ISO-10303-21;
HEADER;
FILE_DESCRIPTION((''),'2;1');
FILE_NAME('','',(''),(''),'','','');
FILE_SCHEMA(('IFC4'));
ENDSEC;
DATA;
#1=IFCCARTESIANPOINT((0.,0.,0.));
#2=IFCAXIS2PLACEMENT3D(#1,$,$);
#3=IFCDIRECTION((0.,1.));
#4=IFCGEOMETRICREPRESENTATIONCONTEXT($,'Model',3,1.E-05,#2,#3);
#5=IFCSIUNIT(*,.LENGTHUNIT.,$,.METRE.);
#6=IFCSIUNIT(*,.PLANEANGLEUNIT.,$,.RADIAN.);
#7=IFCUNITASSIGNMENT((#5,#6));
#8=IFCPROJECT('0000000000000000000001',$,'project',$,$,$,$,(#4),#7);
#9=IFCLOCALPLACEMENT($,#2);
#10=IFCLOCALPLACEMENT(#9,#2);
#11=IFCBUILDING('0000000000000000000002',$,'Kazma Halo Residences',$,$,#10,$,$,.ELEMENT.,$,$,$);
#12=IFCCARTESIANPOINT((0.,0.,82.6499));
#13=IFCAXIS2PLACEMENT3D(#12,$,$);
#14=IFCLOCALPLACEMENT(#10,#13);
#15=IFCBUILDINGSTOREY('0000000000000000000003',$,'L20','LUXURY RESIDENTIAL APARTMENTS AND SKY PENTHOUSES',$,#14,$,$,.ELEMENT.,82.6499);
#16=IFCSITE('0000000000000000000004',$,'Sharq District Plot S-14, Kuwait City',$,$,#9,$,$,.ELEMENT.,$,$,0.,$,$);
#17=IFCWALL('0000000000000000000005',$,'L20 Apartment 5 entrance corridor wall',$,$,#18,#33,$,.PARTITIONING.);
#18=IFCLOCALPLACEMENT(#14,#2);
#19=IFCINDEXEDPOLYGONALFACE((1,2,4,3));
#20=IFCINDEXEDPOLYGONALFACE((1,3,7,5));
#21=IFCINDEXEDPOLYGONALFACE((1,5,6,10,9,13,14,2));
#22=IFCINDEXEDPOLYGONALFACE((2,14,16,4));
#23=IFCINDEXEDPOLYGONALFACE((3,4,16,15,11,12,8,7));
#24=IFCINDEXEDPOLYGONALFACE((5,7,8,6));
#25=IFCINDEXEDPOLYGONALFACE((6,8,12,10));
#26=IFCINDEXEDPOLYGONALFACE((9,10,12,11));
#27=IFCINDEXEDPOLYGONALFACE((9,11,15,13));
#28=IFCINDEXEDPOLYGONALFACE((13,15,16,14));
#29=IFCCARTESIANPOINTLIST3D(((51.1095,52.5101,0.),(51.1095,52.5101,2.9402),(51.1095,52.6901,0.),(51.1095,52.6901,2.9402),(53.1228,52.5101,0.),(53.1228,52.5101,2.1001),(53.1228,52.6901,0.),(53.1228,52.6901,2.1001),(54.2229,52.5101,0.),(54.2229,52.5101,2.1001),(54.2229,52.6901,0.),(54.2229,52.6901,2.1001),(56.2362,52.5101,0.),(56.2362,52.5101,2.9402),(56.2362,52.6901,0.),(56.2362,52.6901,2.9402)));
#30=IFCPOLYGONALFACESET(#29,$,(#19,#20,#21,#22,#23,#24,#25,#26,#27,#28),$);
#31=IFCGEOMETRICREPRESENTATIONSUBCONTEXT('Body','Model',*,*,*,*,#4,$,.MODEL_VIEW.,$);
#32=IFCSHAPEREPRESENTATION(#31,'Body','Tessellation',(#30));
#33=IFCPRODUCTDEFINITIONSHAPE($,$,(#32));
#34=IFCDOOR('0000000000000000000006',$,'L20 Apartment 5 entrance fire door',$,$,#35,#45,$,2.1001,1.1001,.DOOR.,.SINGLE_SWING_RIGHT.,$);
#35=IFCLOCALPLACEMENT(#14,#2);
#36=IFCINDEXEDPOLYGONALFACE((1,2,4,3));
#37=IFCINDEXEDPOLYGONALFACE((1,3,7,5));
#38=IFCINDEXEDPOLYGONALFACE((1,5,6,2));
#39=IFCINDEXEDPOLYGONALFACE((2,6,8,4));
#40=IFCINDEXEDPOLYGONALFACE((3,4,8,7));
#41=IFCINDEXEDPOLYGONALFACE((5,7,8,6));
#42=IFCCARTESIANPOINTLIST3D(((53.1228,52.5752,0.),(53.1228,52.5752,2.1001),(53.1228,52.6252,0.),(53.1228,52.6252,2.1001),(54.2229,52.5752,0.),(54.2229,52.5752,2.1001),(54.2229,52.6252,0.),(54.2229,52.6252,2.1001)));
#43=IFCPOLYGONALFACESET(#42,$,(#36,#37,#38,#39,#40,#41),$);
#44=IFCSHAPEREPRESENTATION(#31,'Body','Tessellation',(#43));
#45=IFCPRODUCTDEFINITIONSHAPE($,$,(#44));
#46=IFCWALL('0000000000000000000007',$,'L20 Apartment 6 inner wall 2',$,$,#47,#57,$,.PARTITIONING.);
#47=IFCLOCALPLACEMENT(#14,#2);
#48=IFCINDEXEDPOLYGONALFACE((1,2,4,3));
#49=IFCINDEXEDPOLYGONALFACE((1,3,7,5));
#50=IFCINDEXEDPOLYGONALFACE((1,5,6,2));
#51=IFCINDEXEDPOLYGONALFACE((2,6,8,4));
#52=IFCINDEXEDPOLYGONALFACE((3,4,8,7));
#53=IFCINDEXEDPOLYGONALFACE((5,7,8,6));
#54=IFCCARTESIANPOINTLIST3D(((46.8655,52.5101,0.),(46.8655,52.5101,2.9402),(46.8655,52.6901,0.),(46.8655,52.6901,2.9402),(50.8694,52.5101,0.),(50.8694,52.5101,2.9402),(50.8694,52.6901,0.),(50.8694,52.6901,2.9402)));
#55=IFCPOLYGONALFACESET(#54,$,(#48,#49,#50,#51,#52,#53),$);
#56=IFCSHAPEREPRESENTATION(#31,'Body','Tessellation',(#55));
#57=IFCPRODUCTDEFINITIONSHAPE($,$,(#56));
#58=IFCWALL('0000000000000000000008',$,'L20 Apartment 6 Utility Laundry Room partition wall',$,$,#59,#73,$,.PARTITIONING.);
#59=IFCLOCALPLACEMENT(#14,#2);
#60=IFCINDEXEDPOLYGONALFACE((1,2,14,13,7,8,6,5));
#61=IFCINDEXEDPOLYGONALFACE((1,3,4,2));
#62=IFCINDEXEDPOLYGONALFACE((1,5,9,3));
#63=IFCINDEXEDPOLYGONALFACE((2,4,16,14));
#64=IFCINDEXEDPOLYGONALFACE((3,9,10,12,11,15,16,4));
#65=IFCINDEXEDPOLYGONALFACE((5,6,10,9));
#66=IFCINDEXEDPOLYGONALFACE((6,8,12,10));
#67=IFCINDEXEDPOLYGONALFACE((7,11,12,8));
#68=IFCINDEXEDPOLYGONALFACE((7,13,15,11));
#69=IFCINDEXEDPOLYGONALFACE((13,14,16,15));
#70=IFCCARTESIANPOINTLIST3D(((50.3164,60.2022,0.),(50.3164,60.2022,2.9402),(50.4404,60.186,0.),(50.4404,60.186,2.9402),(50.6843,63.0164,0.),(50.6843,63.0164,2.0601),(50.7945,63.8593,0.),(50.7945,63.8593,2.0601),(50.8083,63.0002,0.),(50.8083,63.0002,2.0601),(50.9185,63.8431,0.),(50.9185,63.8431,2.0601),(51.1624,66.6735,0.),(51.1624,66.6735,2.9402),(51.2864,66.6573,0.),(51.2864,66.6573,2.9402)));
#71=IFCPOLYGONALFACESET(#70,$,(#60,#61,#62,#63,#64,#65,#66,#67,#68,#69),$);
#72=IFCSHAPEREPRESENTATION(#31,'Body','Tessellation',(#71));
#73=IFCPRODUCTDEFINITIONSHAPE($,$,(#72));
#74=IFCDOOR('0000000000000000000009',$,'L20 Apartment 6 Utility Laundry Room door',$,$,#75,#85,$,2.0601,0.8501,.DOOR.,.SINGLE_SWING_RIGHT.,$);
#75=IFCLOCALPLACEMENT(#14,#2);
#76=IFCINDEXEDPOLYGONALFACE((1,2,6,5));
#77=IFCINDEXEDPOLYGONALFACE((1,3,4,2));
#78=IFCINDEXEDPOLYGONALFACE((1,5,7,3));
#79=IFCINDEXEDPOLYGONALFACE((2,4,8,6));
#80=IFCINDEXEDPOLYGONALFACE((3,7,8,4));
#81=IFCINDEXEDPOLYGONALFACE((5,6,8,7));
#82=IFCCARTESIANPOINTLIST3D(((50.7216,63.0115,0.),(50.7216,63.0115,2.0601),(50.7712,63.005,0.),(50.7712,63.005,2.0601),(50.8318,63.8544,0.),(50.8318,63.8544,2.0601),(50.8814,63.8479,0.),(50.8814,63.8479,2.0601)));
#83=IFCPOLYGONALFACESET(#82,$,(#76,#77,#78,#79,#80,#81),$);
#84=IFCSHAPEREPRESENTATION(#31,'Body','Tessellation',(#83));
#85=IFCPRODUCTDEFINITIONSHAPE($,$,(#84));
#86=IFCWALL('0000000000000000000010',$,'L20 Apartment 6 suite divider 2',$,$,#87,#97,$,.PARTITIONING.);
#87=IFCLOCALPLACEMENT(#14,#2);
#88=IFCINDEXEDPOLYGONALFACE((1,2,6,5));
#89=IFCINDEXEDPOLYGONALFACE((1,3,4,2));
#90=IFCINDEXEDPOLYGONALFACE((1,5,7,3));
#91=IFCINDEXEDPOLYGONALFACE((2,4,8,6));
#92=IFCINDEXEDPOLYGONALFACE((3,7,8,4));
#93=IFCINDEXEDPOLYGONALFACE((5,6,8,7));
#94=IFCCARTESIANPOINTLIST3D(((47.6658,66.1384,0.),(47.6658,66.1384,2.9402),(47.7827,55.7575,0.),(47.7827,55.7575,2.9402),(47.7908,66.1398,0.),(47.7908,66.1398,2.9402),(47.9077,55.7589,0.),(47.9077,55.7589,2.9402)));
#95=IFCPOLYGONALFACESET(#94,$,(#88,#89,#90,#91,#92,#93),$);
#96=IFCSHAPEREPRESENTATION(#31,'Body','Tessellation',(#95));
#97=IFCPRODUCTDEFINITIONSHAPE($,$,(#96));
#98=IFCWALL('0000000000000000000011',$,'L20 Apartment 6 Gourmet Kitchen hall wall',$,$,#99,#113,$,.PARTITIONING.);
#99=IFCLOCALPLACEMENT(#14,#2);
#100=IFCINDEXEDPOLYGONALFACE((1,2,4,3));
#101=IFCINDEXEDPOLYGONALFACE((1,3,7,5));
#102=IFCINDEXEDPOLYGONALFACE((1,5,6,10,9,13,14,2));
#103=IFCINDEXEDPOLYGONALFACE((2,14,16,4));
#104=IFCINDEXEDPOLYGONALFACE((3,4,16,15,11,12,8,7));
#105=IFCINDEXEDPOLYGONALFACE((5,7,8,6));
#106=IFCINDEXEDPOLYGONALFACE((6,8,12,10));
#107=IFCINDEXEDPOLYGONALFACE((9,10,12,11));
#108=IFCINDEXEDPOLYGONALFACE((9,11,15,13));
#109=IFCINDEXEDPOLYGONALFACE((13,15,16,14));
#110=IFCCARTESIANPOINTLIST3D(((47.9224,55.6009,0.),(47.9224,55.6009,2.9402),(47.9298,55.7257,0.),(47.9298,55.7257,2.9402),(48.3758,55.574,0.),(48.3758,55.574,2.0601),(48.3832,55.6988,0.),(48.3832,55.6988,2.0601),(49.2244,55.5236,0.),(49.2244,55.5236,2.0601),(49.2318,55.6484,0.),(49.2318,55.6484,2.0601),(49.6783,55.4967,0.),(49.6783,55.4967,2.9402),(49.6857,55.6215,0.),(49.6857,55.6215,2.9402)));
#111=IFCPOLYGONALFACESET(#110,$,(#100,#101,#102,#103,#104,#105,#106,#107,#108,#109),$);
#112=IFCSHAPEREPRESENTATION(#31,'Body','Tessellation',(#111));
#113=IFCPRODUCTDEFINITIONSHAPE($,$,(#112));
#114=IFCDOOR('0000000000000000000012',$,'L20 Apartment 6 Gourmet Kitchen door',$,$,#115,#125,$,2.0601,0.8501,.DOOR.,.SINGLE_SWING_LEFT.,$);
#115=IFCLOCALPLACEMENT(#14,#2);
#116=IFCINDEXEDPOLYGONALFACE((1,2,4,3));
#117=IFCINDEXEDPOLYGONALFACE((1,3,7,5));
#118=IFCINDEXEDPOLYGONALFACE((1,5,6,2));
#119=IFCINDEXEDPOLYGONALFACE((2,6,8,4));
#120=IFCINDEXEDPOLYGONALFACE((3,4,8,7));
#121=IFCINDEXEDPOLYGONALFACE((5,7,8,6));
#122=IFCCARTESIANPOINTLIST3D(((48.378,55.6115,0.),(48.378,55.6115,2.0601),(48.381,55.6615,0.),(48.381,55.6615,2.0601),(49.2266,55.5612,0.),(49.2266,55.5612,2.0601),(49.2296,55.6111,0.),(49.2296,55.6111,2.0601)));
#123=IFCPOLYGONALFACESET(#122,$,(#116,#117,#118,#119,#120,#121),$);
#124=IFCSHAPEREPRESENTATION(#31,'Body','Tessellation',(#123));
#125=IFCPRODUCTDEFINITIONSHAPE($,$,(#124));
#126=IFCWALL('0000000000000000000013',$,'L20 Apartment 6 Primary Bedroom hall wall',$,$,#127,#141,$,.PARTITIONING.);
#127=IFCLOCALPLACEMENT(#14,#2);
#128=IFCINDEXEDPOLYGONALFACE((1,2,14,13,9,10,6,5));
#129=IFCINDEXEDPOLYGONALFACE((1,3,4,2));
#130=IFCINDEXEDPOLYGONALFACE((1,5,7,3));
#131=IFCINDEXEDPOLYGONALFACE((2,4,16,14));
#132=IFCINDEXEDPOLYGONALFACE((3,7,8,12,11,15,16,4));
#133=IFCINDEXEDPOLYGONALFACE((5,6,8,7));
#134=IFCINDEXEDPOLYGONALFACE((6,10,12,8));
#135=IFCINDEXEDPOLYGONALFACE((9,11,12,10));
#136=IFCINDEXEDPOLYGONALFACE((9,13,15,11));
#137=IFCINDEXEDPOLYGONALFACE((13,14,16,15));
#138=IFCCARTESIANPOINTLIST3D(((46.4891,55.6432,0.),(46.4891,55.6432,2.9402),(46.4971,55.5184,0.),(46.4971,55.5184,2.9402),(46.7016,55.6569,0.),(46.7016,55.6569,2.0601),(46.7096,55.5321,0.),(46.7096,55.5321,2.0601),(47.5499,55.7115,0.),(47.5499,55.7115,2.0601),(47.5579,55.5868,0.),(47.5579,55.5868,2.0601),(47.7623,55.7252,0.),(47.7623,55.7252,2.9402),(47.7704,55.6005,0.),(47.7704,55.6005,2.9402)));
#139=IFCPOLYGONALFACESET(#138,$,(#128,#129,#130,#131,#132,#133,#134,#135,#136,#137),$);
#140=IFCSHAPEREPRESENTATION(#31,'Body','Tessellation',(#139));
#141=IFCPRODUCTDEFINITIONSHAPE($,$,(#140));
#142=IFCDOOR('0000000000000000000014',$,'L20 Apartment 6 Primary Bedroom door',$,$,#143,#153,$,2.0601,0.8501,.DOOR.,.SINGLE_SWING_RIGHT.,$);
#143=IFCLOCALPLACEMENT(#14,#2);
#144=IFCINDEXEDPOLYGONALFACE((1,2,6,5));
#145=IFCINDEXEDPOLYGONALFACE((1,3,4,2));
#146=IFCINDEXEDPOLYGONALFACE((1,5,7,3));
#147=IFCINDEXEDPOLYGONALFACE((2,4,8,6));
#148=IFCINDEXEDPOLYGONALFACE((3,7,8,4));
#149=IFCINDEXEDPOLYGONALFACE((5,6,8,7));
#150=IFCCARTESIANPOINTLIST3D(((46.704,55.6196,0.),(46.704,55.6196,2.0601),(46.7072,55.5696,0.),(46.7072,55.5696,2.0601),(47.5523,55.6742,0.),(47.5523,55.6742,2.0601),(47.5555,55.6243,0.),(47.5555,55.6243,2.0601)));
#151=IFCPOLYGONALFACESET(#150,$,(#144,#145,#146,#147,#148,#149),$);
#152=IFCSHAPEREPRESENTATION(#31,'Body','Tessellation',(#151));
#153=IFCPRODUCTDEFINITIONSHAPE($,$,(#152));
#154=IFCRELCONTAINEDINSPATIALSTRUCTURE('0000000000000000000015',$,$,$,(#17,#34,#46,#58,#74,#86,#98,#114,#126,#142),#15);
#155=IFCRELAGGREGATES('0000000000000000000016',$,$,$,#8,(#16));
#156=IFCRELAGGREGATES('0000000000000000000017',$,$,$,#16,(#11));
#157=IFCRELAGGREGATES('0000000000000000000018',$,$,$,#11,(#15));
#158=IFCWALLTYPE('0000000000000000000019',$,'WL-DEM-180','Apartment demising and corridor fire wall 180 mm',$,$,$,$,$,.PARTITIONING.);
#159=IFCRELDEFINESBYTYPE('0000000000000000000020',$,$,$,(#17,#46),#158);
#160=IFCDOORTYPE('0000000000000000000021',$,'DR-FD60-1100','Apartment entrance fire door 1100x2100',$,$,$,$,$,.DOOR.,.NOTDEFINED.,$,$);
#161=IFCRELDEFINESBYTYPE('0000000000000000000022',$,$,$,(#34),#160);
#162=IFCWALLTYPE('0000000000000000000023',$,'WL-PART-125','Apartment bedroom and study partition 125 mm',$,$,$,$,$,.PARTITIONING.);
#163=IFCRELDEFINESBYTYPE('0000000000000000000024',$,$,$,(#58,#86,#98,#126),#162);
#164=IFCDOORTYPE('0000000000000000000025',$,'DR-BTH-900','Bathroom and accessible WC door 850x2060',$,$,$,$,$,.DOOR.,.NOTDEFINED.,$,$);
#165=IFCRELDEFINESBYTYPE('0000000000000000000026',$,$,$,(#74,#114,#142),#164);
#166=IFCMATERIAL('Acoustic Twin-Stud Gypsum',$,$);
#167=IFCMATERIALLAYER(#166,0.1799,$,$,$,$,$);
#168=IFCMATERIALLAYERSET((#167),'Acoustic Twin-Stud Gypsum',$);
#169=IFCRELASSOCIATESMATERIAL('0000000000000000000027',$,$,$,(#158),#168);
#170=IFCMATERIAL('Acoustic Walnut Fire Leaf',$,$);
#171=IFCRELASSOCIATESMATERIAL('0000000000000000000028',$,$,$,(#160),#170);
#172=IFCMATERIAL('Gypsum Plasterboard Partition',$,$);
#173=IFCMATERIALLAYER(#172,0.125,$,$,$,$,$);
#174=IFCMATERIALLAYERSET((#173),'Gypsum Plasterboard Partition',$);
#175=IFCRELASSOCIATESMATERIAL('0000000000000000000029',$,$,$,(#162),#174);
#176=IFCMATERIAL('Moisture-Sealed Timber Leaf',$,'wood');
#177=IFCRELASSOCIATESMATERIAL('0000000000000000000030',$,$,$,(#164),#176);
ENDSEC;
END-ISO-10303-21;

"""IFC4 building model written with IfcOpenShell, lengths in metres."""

from ifc_helpers import new_model, si_unit, direction, frame, frame_2d, origin, place, context, subcontext, project, spatial, rectangle, extrude, material, layer, layer_set, type_object, element, fill, save


model = new_model("IFC4")

# Units and contexts
model_context = context("Model", 3, precision=1e-05, world=origin(), true_north=direction((0.0, 1.0)))
body_context = subcontext(model_context, "Body", "Model", "MODEL_VIEW")
ifc_project = project(units=[si_unit("LENGTHUNIT", "METRE"), si_unit("PLANEANGLEUNIT", "RADIAN")], contexts=[model_context])

# Site, building, storey
site_placement = place(None, origin())
site = spatial("IfcSite", under=ifc_project, at=site_placement, Name="Sharq District Plot S-14, Kuwait City", CompositionType="ELEMENT", RefElevation=0.0)
building_placement = place(site_placement, origin())
building = spatial("IfcBuilding", under=site, at=building_placement, Name="Kazma Halo Residences", CompositionType="ELEMENT")
storey_placement = place(building_placement, frame((0.0, 0.0, 82.6499)))
storey = spatial("IfcBuildingStorey", under=building, at=storey_placement, Name="L20", Description="LUXURY RESIDENTIAL APARTMENTS AND SKY PENTHOUSES", CompositionType="ELEMENT", Elevation=82.6499)

# Shared definitions
ifc_material_1 = material(Name="Acoustic Twin-Stud Gypsum")
ifc_layer_1 = layer(ifc_material_1, 0.1799)
ifc_layer_set_1 = layer_set([ifc_layer_1], Name="Acoustic Twin-Stud Gypsum")
wall_type_1 = type_object("IfcWallType", Name="WL-DEM-180", Description="Apartment demising and corridor fire wall 180 mm", PredefinedType="PARTITIONING", material=ifc_layer_set_1)

# Wall, opening, door
wall_1_placement = place(storey_placement, frame((56.2363, 52.6001, 0.0), z_axis=(0.0, 0.0, 1.0), x_axis=(-1.0, 0.0, 0.0)))
wall_1 = element("IfcWall", 1, at=wall_1_placement, inside=storey, type_object=wall_type_1, Name="L20 Apartment 5 entrance corridor wall", PredefinedType="PARTITIONING", context=body_context, shape_type="SweptSolid", body=[
    extrude(rectangle(XDim=5.1267, YDim=0.1799, at=frame_2d((2.5635, 0.0))), origin(), (0.0, 0.0, 1.0), 2.9402),
])
opening_1_placement = place(wall_1_placement, frame((2.0134, 0.0, 0.0)))
opening_1 = element("IfcOpeningElement", 2, at=opening_1_placement, cuts=wall_1, PredefinedType="OPENING", context=body_context, shape_type="SweptSolid", body=[
    extrude(rectangle(XDim=1.1001, YDim=2.1001, at=frame_2d((0.55, 1.05))), frame((0.0, 0.0999, 0.0), z_axis=(0.0, -1.0, 0.0), x_axis=(1.0, 0.0, 0.0)), (0.0, 0.0, 1.0), 0.2),
])
ifc_material_2 = material(Name="Acoustic Walnut Fire Leaf")
door_type_1 = type_object("IfcDoorType", Name="DR-FD60-1100", Description="Apartment entrance fire door 1100x2100", OperationType="NOTDEFINED", PredefinedType="DOOR", material=ifc_material_2)
door_1_placement = place(opening_1_placement, origin())
door_1 = element("IfcDoor", 3, at=door_1_placement, inside=storey, type_object=door_type_1, Name="L20 Apartment 5 entrance fire door", OperationType="SINGLE_SWING_RIGHT", OverallHeight=2.1001, OverallWidth=1.1001, PredefinedType="DOOR", context=body_context, shape_type="SweptSolid", body=[
    extrude(rectangle(XDim=1.1001, YDim=2.1001, at=frame_2d((0.55, 1.05))), frame((0.0, 0.0249, 0.0), z_axis=(0.0, -1.0, 0.0), x_axis=(1.0, 0.0, 0.0)), (0.0, 0.0, 1.0), 0.05),
])
fill(opening_1, door_1)

# Wall
wall_2_placement = place(storey_placement, frame((50.8694, 52.6001, 0.0), z_axis=(0.0, 0.0, 1.0), x_axis=(-1.0, 0.0, 0.0)))
element("IfcWall", 4, at=wall_2_placement, inside=storey, type_object=wall_type_1, Name="L20 Apartment 6 inner wall 2", PredefinedType="PARTITIONING", context=body_context, shape_type="SweptSolid", body=[
    extrude(rectangle(XDim=4.0039, YDim=0.1799, at=frame_2d((2.002, 0.0))), origin(), (0.0, 0.0, 1.0), 2.9402),
])

# Wall, opening, door
ifc_material_3 = material(Name="Gypsum Plasterboard Partition")
ifc_layer_2 = layer(ifc_material_3, 0.125)
ifc_layer_set_2 = layer_set([ifc_layer_2], Name="Gypsum Plasterboard Partition")
wall_type_2 = type_object("IfcWallType", Name="WL-PART-125", Description="Apartment bedroom and study partition 125 mm", PredefinedType="PARTITIONING", material=ifc_layer_set_2)
wall_3_placement = place(storey_placement, frame((50.3784, 60.1941, 0.0), z_axis=(0.0, 0.0, 1.0), x_axis=(0.129622, 0.991563, 0.0)))
wall_3 = element("IfcWall", 5, at=wall_3_placement, inside=storey, type_object=wall_type_2, Name="L20 Apartment 6 Utility Laundry Room partition wall", PredefinedType="PARTITIONING", context=body_context, shape_type="SweptSolid", body=[
    extrude(rectangle(XDim=6.5264, YDim=0.125, at=frame_2d((3.2632, 0.0))), origin(), (0.0, 0.0, 1.0), 2.9402),
])
opening_2_placement = place(wall_3_placement, frame((2.8381, 0.0, 0.0)))
opening_2 = element("IfcOpeningElement", 6, at=opening_2_placement, cuts=wall_3, PredefinedType="OPENING", context=body_context, shape_type="SweptSolid", body=[
    extrude(rectangle(XDim=0.8501, YDim=2.0601, at=frame_2d((0.425, 1.03))), frame((0.0, 0.0725, 0.0), z_axis=(0.0, -1.0, 0.0), x_axis=(1.0, 0.0, 0.0)), (0.0, 0.0, 1.0), 0.145),
])
ifc_material_4 = material(Name="Moisture-Sealed Timber Leaf", Category="wood")
door_type_2 = type_object("IfcDoorType", Name="DR-BTH-900", Description="Bathroom and accessible WC door 850x2060", OperationType="NOTDEFINED", PredefinedType="DOOR", material=ifc_material_4)
door_2_placement = place(opening_2_placement, origin())
door_2 = element("IfcDoor", 7, at=door_2_placement, inside=storey, type_object=door_type_2, Name="L20 Apartment 6 Utility Laundry Room door", OperationType="SINGLE_SWING_RIGHT", OverallHeight=2.0601, OverallWidth=0.8501, PredefinedType="DOOR", context=body_context, shape_type="SweptSolid", body=[
    extrude(rectangle(XDim=0.8501, YDim=2.0601, at=frame_2d((0.425, 1.03))), frame((0.0, 0.0249, 0.0), z_axis=(0.0, -1.0, 0.0), x_axis=(1.0, 0.0, 0.0)), (0.0, 0.0, 1.0), 0.05),
])
fill(opening_2, door_2)

# Wall
wall_4_placement = place(storey_placement, frame((47.8452, 55.7581, 0.0), z_axis=(0.0, 0.0, 1.0), x_axis=(-0.011265, 0.999937, 0.0)))
element("IfcWall", 8, at=wall_4_placement, inside=storey, type_object=wall_type_2, Name="L20 Apartment 6 suite divider 2", PredefinedType="PARTITIONING", context=body_context, shape_type="SweptSolid", body=[
    extrude(rectangle(XDim=10.3816, YDim=0.125, at=frame_2d((5.1909, 0.0))), origin(), (0.0, 0.0, 1.0), 2.9402),
])

# Walls, openings, doors
wall_5_placement = place(storey_placement, frame((49.6819, 55.5591, 0.0), z_axis=(0.0, 0.0, 1.0), x_axis=(-0.998242, 0.059267, 0.0)))
wall_5 = element("IfcWall", 9, at=wall_5_placement, inside=storey, type_object=wall_type_2, Name="L20 Apartment 6 Gourmet Kitchen hall wall", PredefinedType="PARTITIONING", context=body_context, shape_type="SweptSolid", body=[
    extrude(rectangle(XDim=1.759, YDim=0.125, at=frame_2d((0.8794, 0.0))), origin(), (0.0, 0.0, 1.0), 2.9402),
])
opening_3_placement = place(wall_5_placement, frame((0.4546, 0.0, 0.0)))
opening_3 = element("IfcOpeningElement", 10, at=opening_3_placement, cuts=wall_5, PredefinedType="OPENING", context=body_context, shape_type="SweptSolid", body=[
    extrude(rectangle(XDim=0.8501, YDim=2.0601, at=frame_2d((0.425, 1.03))), frame((0.0, 0.0725, 0.0), z_axis=(0.0, -1.0, 0.0), x_axis=(1.0, 0.0, 0.0)), (0.0, 0.0, 1.0), 0.145),
])
door_3_placement = place(opening_3_placement, origin())
door_3 = element("IfcDoor", 11, at=door_3_placement, inside=storey, type_object=door_type_2, Name="L20 Apartment 6 Gourmet Kitchen door", OperationType="SINGLE_SWING_LEFT", OverallHeight=2.0601, OverallWidth=0.8501, PredefinedType="DOOR", context=body_context, shape_type="SweptSolid", body=[
    extrude(rectangle(XDim=0.8501, YDim=2.0601, at=frame_2d((0.425, 1.03))), frame((0.0, 0.0249, 0.0), z_axis=(0.0, -1.0, 0.0), x_axis=(1.0, 0.0, 0.0)), (0.0, 0.0, 1.0), 0.05),
])
fill(opening_3, door_3)
wall_6_placement = place(storey_placement, frame((47.7664, 55.6628, 0.0), z_axis=(0.0, 0.0, 1.0), x_axis=(-0.997931, -0.064296, 0.0)))
wall_6 = element("IfcWall", 12, at=wall_6_placement, inside=storey, type_object=wall_type_2, Name="L20 Apartment 6 Primary Bedroom hall wall", PredefinedType="PARTITIONING", context=body_context, shape_type="SweptSolid", body=[
    extrude(rectangle(XDim=1.2759, YDim=0.125, at=frame_2d((0.6379, 0.0))), origin(), (0.0, 0.0, 1.0), 2.9402),
])
opening_4_placement = place(wall_6_placement, frame((0.2129, 0.0, 0.0)))
opening_4 = element("IfcOpeningElement", 13, at=opening_4_placement, cuts=wall_6, PredefinedType="OPENING", context=body_context, shape_type="SweptSolid", body=[
    extrude(rectangle(XDim=0.8501, YDim=2.0601, at=frame_2d((0.425, 1.03))), frame((0.0, 0.0725, 0.0), z_axis=(0.0, -1.0, 0.0), x_axis=(1.0, 0.0, 0.0)), (0.0, 0.0, 1.0), 0.145),
])
door_4_placement = place(opening_4_placement, origin())
door_4 = element("IfcDoor", 14, at=door_4_placement, inside=storey, type_object=door_type_2, Name="L20 Apartment 6 Primary Bedroom door", OperationType="SINGLE_SWING_RIGHT", OverallHeight=2.0601, OverallWidth=0.8501, PredefinedType="DOOR", context=body_context, shape_type="SweptSolid", body=[
    extrude(rectangle(XDim=0.8501, YDim=2.0601, at=frame_2d((0.425, 1.03))), frame((0.0, 0.0249, 0.0), z_axis=(0.0, -1.0, 0.0), x_axis=(1.0, 0.0, 0.0)), (0.0, 0.0, 1.0), 0.05),
])
fill(opening_4, door_4)

save(model, "model.ifc")
